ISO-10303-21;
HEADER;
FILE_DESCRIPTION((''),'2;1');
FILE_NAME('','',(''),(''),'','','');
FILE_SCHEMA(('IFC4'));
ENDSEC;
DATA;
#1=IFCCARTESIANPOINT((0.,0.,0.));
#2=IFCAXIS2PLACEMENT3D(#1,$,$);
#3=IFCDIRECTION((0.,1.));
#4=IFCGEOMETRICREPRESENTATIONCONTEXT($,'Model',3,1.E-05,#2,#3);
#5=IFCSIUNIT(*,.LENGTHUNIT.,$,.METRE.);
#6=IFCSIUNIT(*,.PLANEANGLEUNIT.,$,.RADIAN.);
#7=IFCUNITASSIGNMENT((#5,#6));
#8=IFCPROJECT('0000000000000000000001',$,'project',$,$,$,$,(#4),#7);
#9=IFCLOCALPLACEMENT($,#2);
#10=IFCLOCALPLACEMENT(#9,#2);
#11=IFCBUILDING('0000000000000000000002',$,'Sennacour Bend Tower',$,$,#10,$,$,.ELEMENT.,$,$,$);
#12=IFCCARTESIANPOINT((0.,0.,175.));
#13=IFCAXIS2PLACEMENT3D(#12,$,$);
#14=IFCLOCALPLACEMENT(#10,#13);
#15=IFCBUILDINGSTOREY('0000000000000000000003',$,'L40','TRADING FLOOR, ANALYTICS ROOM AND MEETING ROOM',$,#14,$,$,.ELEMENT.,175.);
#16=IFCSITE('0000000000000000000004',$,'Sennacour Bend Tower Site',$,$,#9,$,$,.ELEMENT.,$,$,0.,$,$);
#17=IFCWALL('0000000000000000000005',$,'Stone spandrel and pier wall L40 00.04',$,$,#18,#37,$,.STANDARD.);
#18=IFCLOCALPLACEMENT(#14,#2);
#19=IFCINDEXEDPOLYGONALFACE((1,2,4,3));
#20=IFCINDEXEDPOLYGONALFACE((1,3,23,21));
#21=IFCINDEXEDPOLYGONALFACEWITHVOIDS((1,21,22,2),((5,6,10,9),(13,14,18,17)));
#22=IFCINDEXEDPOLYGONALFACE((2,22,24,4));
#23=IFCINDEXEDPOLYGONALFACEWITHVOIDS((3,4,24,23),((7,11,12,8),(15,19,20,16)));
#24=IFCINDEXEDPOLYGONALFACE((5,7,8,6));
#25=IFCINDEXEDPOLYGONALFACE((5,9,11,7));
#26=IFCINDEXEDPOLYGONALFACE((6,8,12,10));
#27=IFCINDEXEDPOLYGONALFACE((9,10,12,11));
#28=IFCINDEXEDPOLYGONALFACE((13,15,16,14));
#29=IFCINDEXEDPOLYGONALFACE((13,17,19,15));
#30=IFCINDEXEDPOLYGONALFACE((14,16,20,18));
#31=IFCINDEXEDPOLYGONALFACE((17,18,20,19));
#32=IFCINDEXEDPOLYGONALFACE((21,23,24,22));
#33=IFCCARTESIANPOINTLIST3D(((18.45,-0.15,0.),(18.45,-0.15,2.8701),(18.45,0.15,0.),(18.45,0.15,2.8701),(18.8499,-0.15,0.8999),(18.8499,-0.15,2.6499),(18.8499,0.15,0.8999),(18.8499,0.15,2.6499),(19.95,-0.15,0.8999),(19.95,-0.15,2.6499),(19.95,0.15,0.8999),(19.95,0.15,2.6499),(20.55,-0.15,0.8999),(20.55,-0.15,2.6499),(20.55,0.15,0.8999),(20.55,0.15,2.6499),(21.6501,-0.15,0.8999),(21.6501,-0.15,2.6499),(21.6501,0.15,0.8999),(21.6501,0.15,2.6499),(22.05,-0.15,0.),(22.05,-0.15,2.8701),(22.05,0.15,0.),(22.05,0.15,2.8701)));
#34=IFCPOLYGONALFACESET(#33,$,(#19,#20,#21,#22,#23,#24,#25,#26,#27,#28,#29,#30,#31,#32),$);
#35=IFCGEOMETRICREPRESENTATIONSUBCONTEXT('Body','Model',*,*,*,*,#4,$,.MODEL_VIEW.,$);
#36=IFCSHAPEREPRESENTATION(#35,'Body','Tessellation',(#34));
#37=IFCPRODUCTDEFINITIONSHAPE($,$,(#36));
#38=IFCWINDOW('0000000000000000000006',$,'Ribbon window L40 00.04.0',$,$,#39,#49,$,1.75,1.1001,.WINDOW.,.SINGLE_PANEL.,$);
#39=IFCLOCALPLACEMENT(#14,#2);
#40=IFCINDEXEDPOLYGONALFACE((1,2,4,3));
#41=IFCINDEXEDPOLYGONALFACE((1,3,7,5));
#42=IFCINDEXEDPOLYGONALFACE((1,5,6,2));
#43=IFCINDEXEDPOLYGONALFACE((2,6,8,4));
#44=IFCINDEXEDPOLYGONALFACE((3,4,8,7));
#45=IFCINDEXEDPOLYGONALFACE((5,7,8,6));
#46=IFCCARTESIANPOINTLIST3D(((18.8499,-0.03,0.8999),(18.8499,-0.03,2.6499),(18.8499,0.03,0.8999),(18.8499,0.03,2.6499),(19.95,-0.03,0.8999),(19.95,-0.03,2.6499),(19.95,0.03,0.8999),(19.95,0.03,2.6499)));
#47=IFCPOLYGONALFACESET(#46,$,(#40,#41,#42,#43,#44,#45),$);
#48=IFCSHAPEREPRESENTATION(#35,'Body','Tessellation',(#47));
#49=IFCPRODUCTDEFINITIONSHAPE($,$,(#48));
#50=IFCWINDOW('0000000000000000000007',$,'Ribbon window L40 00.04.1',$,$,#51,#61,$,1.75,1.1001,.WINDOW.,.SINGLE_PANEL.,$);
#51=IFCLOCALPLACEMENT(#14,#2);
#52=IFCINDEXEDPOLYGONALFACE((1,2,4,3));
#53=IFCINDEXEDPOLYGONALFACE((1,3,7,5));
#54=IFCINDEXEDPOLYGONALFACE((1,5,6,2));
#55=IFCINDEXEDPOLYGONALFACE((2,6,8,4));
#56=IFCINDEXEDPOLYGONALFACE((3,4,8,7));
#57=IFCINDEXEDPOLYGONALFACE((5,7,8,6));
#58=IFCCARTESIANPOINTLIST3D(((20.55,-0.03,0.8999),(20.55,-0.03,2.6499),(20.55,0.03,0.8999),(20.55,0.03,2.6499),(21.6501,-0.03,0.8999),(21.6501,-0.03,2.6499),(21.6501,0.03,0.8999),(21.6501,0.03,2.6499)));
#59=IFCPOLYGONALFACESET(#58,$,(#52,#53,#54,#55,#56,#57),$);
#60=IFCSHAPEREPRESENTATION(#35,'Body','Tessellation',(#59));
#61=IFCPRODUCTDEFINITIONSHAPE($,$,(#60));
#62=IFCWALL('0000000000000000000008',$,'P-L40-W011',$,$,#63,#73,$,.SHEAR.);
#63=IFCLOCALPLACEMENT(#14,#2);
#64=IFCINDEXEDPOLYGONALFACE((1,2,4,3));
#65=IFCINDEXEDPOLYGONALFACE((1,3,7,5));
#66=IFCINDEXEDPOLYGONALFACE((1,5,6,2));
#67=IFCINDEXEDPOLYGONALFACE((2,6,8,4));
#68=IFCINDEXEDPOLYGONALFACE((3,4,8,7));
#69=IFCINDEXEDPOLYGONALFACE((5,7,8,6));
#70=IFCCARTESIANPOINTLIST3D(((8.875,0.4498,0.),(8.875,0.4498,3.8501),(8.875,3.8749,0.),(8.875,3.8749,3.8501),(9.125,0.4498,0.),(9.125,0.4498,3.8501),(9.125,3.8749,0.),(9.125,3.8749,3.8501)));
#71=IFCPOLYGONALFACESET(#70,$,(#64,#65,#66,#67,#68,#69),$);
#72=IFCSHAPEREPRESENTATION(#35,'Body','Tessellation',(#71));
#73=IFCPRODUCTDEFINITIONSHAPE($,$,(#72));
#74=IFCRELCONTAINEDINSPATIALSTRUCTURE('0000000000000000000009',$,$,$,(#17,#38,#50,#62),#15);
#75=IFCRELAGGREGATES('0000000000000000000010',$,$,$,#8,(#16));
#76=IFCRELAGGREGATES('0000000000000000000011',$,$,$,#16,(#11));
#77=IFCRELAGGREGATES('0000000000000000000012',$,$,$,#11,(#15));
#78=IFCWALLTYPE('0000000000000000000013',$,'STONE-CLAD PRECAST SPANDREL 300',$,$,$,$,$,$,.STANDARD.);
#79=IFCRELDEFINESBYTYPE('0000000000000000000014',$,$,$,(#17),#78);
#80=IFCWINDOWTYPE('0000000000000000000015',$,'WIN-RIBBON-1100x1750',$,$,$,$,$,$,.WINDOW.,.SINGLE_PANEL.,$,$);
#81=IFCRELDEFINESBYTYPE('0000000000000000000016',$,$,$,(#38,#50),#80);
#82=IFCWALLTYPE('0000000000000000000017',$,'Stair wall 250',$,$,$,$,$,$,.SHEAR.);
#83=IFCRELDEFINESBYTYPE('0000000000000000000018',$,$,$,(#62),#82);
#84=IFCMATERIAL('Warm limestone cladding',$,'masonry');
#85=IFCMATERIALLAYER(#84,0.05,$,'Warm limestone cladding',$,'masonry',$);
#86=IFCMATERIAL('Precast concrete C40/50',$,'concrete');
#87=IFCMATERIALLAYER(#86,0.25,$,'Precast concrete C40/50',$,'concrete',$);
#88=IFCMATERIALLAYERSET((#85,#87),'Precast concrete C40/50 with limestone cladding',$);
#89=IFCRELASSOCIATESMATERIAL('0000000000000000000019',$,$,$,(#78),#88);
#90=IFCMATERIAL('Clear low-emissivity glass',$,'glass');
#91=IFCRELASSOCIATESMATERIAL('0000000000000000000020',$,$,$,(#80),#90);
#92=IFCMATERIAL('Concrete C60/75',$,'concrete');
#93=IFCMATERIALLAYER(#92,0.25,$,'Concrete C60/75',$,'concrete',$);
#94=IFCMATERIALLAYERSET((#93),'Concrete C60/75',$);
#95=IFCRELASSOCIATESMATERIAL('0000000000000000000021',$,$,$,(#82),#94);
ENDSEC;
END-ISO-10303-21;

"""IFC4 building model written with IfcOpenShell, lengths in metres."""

from ifc_helpers import new_model, si_unit, direction, frame, frame_2d, origin, place, context, subcontext, project, spatial, rectangle, extrude, material, layer, layer_set, type_object, element, fill, save


model = new_model("IFC4")

# Units and contexts
model_context = context("Model", 3, precision=1e-05, world=origin(), true_north=direction((0.0, 1.0)))
body_context = subcontext(model_context, "Body", "Model", "MODEL_VIEW")
ifc_project = project(units=[si_unit("LENGTHUNIT", "METRE"), si_unit("PLANEANGLEUNIT", "RADIAN")], contexts=[model_context])

# Site, building, storey
site_placement = place(None, origin())
site = spatial("IfcSite", under=ifc_project, at=site_placement, Name="Sennacour Bend Tower Site", CompositionType="ELEMENT", RefElevation=0.0)
building_placement = place(site_placement, origin())
building = spatial("IfcBuilding", under=site, at=building_placement, Name="Sennacour Bend Tower", CompositionType="ELEMENT")
storey_placement = place(building_placement, frame((0.0, 0.0, 175.0)))
storey = spatial("IfcBuildingStorey", under=building, at=storey_placement, Name="L40", Description="TRADING FLOOR, ANALYTICS ROOM AND MEETING ROOM", CompositionType="ELEMENT", Elevation=175.0)

# Wall, openings, windows
ifc_material_1 = material(Name="Warm limestone cladding", Category="masonry")
ifc_layer_1 = layer(ifc_material_1, 0.05, Name="Warm limestone cladding", Category="masonry")
ifc_material_2 = material(Name="Precast concrete C40/50", Category="concrete")
ifc_layer_2 = layer(ifc_material_2, 0.25, Name="Precast concrete C40/50", Category="concrete")
ifc_layer_set_1 = layer_set([ifc_layer_1, ifc_layer_2], Name="Precast concrete C40/50 with limestone cladding")
wall_type_1 = type_object("IfcWallType", Name="STONE-CLAD PRECAST SPANDREL 300", PredefinedType="STANDARD", material=ifc_layer_set_1)
ifc_material_3 = material(Name="Clear low-emissivity glass", Category="glass")
window_type_1 = type_object("IfcWindowType", Name="WIN-RIBBON-1100x1750", PartitioningType="SINGLE_PANEL", PredefinedType="WINDOW", material=ifc_material_3)
wall_1_placement = place(storey_placement, frame((18.45, 0.0, 0.0), z_axis=(0.0, 0.0, 1.0), x_axis=(1.0, 0.0, 0.0)))
wall_1 = element("IfcWall", 1, at=wall_1_placement, inside=storey, type_object=wall_type_1, Name="Stone spandrel and pier wall L40 00.04", PredefinedType="STANDARD", context=body_context, shape_type="SweptSolid", body=[
    extrude(rectangle(XDim=3.6001, YDim=0.3, at=frame_2d((1.8, 0.0))), origin(), (0.0, 0.0, 1.0), 2.8701),
])
opening_1_placement = place(wall_1_placement, frame((0.3999, 0.0, 0.8999)))
opening_1 = element("IfcOpeningElement", 2, at=opening_1_placement, cuts=wall_1, PredefinedType="OPENING", context=body_context, shape_type="SweptSolid", body=[
    extrude(rectangle(XDim=1.1001, YDim=1.75, at=frame_2d((0.55, 0.875))), frame((0.0, 0.1602, 0.0), z_axis=(0.0, -1.0, 0.0), x_axis=(1.0, 0.0, 0.0)), (0.0, 0.0, 1.0), 0.3201),
])
opening_2_placement = place(wall_1_placement, frame((2.1001, 0.0, 0.8999)))
opening_2 = element("IfcOpeningElement", 3, at=opening_2_placement, cuts=wall_1, PredefinedType="OPENING", context=body_context, shape_type="SweptSolid", body=[
    extrude(rectangle(XDim=1.1001, YDim=1.75, at=frame_2d((0.55, 0.875))), frame((0.0, 0.1602, 0.0), z_axis=(0.0, -1.0, 0.0), x_axis=(1.0, 0.0, 0.0)), (0.0, 0.0, 1.0), 0.3201),
])
window_1_placement = place(opening_1_placement, origin())
window_1 = element("IfcWindow", 4, at=window_1_placement, inside=storey, type_object=window_type_1, Name="Ribbon window L40 00.04.0", OverallHeight=1.75, OverallWidth=1.1001, PartitioningType="SINGLE_PANEL", PredefinedType="WINDOW", context=body_context, shape_type="SweptSolid", body=[
    extrude(rectangle(XDim=1.1001, YDim=1.75, at=frame_2d((0.55, 0.875))), frame((0.0, 0.03, 0.0), z_axis=(0.0, -1.0, 0.0), x_axis=(1.0, 0.0, 0.0)), (0.0, 0.0, 1.0), 0.0601),
])
fill(opening_1, window_1)
window_2_placement = place(opening_2_placement, origin())
window_2 = element("IfcWindow", 5, at=window_2_placement, inside=storey, type_object=window_type_1, Name="Ribbon window L40 00.04.1", OverallHeight=1.75, OverallWidth=1.1001, PartitioningType="SINGLE_PANEL", PredefinedType="WINDOW", context=body_context, shape_type="SweptSolid", body=[
    extrude(rectangle(XDim=1.1001, YDim=1.75, at=frame_2d((0.55, 0.875))), frame((0.0, 0.03, 0.0), z_axis=(0.0, -1.0, 0.0), x_axis=(1.0, 0.0, 0.0)), (0.0, 0.0, 1.0), 0.0601),
])
fill(opening_2, window_2)

# Wall
ifc_material_4 = material(Name="Concrete C60/75", Category="concrete")
ifc_layer_3 = layer(ifc_material_4, 0.25, Name="Concrete C60/75", Category="concrete")
ifc_layer_set_2 = layer_set([ifc_layer_3], Name="Concrete C60/75")
wall_type_2 = type_object("IfcWallType", Name="Stair wall 250", PredefinedType="SHEAR", material=ifc_layer_set_2)
wall_2_placement = place(storey_placement, frame((9.0, 0.45, 0.0), z_axis=(0.0, 0.0, 1.0), x_axis=(0.0, 1.0, 0.0)))
element("IfcWall", 6, at=wall_2_placement, inside=storey, type_object=wall_type_2, Name="P-L40-W011", PredefinedType="SHEAR", context=body_context, shape_type="SweptSolid", body=[
    extrude(rectangle(XDim=3.425, YDim=0.25, at=frame_2d((1.7124, 0.0))), origin(), (0.0, 0.0, 1.0), 3.8501),
])

save(model, "model.ifc")
